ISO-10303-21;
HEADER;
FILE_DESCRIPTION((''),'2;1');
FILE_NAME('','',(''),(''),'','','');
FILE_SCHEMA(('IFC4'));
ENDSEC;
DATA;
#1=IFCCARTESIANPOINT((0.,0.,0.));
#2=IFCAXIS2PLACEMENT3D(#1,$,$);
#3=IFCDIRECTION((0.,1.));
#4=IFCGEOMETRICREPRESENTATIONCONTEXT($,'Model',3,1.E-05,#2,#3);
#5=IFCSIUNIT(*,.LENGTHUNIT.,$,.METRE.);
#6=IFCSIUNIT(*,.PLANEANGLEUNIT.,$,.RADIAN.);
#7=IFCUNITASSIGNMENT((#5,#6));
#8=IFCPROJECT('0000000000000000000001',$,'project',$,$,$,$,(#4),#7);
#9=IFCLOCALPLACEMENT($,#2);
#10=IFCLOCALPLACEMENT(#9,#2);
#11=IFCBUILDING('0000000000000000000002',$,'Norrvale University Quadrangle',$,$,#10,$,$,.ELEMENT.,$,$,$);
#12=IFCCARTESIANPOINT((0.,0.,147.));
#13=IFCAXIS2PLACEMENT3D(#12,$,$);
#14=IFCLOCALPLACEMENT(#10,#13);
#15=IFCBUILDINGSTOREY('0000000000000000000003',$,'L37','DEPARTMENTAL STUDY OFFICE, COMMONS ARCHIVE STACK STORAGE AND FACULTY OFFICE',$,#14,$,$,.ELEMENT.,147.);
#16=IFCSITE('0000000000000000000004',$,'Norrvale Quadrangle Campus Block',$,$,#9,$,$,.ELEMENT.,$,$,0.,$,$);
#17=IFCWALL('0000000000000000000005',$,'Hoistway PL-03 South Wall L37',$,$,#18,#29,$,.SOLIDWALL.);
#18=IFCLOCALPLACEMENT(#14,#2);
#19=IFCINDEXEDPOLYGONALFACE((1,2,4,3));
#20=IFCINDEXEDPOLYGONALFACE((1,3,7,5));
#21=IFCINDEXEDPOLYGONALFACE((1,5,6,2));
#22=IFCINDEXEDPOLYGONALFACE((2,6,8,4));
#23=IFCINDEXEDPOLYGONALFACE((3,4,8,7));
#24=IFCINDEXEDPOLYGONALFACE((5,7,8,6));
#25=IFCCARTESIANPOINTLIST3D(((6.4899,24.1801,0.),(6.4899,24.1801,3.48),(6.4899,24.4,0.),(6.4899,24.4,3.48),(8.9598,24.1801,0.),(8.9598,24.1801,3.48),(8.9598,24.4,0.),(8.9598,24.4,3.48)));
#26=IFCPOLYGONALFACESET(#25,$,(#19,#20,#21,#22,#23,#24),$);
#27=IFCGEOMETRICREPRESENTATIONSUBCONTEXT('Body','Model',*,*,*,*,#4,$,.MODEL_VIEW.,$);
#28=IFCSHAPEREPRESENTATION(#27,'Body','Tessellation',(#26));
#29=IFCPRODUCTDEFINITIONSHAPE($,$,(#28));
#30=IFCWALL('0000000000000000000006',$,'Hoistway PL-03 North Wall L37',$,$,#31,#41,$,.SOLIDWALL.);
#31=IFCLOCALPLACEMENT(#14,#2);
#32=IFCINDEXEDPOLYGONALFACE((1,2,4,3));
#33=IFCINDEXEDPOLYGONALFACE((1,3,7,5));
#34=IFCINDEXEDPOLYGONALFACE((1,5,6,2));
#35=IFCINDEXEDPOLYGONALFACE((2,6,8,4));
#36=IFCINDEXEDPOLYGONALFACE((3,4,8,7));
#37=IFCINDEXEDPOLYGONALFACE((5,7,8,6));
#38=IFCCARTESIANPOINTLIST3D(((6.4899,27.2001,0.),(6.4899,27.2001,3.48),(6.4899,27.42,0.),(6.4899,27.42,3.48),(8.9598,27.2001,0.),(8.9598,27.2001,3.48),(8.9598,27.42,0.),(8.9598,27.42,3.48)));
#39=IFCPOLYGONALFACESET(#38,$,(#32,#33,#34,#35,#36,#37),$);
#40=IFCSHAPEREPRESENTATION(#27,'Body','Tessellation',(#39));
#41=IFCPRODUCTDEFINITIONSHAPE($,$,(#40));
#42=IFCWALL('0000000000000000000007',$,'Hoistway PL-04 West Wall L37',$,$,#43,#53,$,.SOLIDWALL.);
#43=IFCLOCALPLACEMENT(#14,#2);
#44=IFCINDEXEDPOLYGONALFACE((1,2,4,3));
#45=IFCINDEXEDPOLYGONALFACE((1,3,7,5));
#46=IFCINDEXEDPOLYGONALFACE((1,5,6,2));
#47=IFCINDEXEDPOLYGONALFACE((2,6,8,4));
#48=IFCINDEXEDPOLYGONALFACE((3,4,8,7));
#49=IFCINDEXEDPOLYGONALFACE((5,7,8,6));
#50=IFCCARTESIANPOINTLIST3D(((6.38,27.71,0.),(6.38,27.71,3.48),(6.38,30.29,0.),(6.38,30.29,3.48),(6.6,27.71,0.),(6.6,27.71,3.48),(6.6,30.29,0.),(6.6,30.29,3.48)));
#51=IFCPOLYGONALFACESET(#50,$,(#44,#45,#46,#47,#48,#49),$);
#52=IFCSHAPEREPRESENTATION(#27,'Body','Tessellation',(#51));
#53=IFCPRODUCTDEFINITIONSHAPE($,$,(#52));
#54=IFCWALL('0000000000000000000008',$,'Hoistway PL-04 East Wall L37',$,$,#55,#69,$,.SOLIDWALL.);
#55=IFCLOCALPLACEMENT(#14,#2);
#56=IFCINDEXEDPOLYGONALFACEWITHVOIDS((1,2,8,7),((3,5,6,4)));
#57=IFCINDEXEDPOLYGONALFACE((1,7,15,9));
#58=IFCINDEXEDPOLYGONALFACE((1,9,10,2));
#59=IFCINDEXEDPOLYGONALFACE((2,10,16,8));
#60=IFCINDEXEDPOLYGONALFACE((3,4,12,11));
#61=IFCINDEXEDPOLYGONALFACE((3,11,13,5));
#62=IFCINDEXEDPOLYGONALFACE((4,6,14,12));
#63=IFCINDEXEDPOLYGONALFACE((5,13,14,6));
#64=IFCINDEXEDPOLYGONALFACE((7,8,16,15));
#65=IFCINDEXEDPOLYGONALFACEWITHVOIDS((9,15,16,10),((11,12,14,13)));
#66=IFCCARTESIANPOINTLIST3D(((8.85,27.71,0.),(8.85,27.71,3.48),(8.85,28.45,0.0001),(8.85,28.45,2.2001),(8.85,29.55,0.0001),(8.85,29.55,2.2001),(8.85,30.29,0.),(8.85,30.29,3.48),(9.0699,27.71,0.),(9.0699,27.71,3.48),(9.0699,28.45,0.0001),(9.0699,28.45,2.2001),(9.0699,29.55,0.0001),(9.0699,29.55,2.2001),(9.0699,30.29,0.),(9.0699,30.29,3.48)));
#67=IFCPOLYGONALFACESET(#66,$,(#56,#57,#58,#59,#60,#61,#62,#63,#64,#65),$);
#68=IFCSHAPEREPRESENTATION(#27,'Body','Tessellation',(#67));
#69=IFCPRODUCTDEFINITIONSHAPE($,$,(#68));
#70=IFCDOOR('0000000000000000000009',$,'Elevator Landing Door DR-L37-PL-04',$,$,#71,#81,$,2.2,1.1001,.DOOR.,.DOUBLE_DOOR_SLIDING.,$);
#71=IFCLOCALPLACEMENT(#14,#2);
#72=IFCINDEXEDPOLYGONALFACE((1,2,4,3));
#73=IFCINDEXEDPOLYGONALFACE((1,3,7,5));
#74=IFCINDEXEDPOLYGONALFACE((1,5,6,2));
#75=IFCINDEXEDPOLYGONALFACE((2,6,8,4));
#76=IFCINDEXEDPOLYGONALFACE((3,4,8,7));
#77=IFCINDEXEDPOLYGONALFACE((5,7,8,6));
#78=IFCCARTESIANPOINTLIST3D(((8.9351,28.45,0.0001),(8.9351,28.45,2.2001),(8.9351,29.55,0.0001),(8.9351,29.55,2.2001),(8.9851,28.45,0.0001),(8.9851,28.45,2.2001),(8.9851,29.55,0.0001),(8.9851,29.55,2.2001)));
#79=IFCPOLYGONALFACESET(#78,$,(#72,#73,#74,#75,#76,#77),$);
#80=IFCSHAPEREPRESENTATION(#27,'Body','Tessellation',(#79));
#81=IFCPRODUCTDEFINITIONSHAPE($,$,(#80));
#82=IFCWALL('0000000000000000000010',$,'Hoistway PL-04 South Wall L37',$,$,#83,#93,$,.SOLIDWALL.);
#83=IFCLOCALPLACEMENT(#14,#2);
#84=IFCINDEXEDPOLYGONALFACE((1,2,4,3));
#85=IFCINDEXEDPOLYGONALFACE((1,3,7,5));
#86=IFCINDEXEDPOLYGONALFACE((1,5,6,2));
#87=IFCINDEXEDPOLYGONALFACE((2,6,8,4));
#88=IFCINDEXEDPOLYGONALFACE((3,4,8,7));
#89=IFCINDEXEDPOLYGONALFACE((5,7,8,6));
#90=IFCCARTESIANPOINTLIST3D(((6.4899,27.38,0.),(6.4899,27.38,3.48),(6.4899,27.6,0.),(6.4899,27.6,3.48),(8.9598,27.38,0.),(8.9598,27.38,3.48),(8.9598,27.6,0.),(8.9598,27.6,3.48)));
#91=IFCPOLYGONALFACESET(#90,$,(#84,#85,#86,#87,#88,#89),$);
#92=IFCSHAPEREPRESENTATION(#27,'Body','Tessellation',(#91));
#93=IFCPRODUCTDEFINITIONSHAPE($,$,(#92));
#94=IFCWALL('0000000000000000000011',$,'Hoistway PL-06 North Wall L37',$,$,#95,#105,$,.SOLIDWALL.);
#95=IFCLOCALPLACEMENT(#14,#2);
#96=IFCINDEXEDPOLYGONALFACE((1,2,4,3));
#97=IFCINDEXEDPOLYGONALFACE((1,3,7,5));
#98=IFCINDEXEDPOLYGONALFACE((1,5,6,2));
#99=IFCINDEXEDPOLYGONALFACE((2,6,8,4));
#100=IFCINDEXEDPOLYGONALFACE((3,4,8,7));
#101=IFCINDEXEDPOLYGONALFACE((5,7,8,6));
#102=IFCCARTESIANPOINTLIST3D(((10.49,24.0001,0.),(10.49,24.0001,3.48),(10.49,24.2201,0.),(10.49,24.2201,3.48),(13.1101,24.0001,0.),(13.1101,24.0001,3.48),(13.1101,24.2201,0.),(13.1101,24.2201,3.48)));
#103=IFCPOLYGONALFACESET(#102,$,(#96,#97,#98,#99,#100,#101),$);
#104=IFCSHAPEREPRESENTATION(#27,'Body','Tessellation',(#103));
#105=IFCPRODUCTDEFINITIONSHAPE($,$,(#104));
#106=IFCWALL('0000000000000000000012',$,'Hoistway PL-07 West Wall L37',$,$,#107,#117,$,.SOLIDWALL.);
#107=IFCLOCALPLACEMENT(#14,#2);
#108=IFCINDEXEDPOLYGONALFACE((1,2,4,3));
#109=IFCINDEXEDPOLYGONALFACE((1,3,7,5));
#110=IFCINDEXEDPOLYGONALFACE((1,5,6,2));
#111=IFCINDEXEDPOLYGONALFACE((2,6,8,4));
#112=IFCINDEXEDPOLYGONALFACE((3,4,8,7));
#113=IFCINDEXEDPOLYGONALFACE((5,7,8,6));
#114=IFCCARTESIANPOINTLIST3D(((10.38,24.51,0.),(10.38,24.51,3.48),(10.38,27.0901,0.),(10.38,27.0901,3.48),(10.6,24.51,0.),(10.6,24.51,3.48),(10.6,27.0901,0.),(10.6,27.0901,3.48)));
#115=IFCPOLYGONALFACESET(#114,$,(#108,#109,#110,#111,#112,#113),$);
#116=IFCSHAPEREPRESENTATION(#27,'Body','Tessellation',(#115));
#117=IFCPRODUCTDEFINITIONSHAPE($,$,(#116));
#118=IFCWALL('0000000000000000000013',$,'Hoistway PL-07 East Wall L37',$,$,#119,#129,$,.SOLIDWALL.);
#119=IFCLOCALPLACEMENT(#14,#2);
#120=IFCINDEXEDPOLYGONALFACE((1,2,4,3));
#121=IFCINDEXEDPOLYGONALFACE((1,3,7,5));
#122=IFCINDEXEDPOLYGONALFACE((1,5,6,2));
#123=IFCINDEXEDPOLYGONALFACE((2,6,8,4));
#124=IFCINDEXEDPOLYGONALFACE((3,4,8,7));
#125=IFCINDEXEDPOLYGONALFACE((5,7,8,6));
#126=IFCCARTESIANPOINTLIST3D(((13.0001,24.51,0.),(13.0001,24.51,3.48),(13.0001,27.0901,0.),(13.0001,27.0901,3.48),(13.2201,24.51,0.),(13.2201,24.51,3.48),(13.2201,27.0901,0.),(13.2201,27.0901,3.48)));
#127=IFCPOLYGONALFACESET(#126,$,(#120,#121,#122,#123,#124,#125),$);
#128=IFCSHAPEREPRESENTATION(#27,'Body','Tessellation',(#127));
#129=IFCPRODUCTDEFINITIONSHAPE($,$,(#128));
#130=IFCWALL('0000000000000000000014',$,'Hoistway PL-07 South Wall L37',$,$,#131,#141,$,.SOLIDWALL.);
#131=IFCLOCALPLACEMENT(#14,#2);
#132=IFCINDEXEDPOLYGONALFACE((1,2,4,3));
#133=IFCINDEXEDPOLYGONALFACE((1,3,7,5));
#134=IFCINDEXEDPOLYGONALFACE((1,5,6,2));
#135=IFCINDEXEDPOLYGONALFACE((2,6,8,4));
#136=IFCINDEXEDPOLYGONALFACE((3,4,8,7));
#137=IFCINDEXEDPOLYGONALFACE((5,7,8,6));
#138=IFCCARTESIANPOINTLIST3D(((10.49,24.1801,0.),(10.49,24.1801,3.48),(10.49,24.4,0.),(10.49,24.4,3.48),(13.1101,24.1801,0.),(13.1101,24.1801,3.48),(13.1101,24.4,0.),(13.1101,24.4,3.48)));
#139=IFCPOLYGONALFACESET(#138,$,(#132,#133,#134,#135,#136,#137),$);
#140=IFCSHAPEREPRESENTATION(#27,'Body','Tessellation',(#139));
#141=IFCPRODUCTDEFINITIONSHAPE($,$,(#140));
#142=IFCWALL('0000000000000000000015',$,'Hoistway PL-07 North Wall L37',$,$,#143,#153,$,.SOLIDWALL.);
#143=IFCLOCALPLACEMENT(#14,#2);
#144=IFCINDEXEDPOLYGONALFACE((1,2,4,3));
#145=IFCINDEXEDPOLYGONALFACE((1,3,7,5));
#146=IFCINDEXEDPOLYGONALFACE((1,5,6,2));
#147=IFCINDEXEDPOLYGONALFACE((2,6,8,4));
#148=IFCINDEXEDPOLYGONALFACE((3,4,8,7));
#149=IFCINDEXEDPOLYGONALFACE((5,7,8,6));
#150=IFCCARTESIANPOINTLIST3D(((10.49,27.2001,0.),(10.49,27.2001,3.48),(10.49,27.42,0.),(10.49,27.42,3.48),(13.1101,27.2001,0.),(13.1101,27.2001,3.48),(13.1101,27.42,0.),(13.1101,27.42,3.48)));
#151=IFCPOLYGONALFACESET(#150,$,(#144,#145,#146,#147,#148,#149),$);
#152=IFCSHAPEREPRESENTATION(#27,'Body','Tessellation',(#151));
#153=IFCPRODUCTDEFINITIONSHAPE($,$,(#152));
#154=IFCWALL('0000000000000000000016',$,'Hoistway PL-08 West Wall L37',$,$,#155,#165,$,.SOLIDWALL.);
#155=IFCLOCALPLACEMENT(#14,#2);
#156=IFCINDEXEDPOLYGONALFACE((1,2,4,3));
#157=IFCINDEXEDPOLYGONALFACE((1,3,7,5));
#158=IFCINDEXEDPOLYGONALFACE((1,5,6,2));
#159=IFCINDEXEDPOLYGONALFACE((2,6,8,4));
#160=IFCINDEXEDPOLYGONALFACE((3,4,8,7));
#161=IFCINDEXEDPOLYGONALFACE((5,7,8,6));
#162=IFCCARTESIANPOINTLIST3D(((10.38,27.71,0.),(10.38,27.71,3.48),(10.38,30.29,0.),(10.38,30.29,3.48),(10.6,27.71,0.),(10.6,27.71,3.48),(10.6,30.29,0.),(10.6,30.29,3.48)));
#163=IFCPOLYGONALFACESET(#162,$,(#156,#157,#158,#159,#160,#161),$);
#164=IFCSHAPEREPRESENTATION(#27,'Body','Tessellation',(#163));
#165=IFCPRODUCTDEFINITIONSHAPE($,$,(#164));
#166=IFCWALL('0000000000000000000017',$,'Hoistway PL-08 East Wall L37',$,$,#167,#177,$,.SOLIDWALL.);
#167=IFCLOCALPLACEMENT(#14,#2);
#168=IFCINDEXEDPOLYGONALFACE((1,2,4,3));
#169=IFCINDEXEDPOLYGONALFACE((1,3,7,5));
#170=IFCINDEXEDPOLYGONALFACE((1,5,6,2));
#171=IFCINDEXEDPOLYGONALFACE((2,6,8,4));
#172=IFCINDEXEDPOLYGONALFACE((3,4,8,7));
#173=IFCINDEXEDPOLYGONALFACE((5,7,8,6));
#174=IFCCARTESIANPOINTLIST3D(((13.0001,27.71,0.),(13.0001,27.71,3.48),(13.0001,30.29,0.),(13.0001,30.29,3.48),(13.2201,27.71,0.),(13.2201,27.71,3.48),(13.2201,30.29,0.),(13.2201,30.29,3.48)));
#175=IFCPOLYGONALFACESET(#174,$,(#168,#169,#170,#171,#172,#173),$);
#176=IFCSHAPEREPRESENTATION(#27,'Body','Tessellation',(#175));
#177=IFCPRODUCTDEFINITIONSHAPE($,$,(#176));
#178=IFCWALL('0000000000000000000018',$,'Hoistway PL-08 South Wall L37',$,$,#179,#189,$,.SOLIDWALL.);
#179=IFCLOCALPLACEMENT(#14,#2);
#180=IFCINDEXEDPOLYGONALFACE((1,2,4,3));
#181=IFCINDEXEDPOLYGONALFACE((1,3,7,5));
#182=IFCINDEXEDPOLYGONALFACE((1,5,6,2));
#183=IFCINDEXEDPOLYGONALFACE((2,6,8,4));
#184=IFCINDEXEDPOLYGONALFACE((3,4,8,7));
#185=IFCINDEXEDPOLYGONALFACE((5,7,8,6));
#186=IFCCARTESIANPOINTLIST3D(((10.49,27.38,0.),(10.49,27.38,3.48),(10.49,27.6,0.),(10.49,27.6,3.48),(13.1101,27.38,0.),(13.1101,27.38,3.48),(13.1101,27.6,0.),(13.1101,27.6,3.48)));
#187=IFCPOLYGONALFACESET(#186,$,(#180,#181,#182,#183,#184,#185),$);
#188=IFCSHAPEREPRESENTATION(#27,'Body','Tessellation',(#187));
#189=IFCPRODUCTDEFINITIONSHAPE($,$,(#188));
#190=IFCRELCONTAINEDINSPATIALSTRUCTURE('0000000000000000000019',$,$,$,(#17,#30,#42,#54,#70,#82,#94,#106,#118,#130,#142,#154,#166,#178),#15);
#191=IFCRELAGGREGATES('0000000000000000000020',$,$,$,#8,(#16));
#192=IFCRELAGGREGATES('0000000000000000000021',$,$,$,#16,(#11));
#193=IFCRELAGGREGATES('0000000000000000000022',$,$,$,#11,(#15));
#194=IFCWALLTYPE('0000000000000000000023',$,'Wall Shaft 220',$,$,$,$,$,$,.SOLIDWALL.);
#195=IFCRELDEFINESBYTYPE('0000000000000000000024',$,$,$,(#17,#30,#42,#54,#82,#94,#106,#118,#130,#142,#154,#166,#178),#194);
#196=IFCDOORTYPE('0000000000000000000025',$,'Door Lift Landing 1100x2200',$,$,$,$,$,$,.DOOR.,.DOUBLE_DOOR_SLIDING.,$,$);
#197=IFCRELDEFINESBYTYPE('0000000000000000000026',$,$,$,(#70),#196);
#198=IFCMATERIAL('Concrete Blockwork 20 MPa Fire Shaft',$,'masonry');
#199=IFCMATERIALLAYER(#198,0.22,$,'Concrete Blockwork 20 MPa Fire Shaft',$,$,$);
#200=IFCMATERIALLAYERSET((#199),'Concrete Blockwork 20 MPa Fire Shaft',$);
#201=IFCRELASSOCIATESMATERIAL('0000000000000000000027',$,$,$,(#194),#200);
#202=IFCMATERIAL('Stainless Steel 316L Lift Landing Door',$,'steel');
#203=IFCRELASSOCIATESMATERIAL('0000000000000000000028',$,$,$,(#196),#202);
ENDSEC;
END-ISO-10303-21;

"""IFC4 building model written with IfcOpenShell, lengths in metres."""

from ifc_helpers import new_model, si_unit, direction, frame, frame_2d, origin, place, context, subcontext, project, spatial, rectangle, extrude, material, layer, layer_set, type_object, element, fill, save


model = new_model("IFC4")

# Units and contexts
model_context = context("Model", 3, precision=1e-05, world=origin(), true_north=direction((0.0, 1.0)))
body_context = subcontext(model_context, "Body", "Model", "MODEL_VIEW")
ifc_project = project(units=[si_unit("LENGTHUNIT", "METRE"), si_unit("PLANEANGLEUNIT", "RADIAN")], contexts=[model_context])

# Site, building, storey
site_placement = place(None, origin())
site = spatial("IfcSite", under=ifc_project, at=site_placement, Name="Norrvale Quadrangle Campus Block", CompositionType="ELEMENT", RefElevation=0.0)
building_placement = place(site_placement, origin())
building = spatial("IfcBuilding", under=site, at=building_placement, Name="Norrvale University Quadrangle", CompositionType="ELEMENT")
storey_placement = place(building_placement, frame((0.0, 0.0, 147.0)))
storey = spatial("IfcBuildingStorey", under=building, at=storey_placement, Name="L37", Description="DEPARTMENTAL STUDY OFFICE, COMMONS ARCHIVE STACK STORAGE AND FACULTY OFFICE", CompositionType="ELEMENT", Elevation=147.0)

# Shared definitions
ifc_material_1 = material(Name="Concrete Blockwork 20 MPa Fire Shaft", Category="masonry")
ifc_layer_1 = layer(ifc_material_1, 0.22, Name="Concrete Blockwork 20 MPa Fire Shaft")
ifc_layer_set_1 = layer_set([ifc_layer_1], Name="Concrete Blockwork 20 MPa Fire Shaft")
wall_type_1 = type_object("IfcWallType", Name="Wall Shaft 220", PredefinedType="SOLIDWALL", material=ifc_layer_set_1)

# Shared definitions
ifc_material_2 = material(Name="Stainless Steel 316L Lift Landing Door", Category="steel")
door_type_1 = type_object("IfcDoorType", Name="Door Lift Landing 1100x2200", OperationType="DOUBLE_DOOR_SLIDING", PredefinedType="DOOR", material=ifc_material_2)

# Walls
for number, where, z_axis, x_axis, name in (
    (1, (6.49, 24.29, 0.0), (0.0, 0.0, 1.0), (1.0, 0.0, 0.0), "Hoistway PL-03 South Wall L37"),
    (2, (6.49, 27.3101, 0.0), (0.0, 0.0, 1.0), (1.0, 0.0, 0.0), "Hoistway PL-03 North Wall L37"),
):
    element("IfcWall", number, at=place(storey_placement, frame(where, z_axis=z_axis, x_axis=x_axis)), inside=storey, type_object=wall_type_1, Name=name, PredefinedType="SOLIDWALL", context=body_context, shape_type="SweptSolid", body=[
        extrude(rectangle(XDim=2.47, YDim=0.22, at=frame_2d((1.2349, 0.0))), origin(), (0.0, 0.0, 1.0), 3.48),
    ])
wall_1_placement = place(storey_placement, frame((6.49, 27.71, 0.0), z_axis=(0.0, 0.0, 1.0), x_axis=(0.0, 1.0, 0.0)))
element("IfcWall", 3, at=wall_1_placement, inside=storey, type_object=wall_type_1, Name="Hoistway PL-04 West Wall L37", PredefinedType="SOLIDWALL", context=body_context, shape_type="SweptSolid", body=[
    extrude(rectangle(XDim=2.5801, YDim=0.22, at=frame_2d((1.29, 0.0))), origin(), (0.0, 0.0, 1.0), 3.48),
])

# Wall, opening, door
wall_2_placement = place(storey_placement, frame((8.96, 27.71, 0.0), z_axis=(0.0, 0.0, 1.0), x_axis=(0.0, 1.0, 0.0)))
wall_2 = element("IfcWall", 4, at=wall_2_placement, inside=storey, type_object=wall_type_1, Name="Hoistway PL-04 East Wall L37", PredefinedType="SOLIDWALL", context=body_context, shape_type="SweptSolid", body=[
    extrude(rectangle(XDim=2.5801, YDim=0.22, at=frame_2d((1.29, 0.0))), origin(), (0.0, 0.0, 1.0), 3.48),
])
opening_1_placement = place(wall_2_placement, frame((0.74, 0.0, 0.0)))
opening_1 = element("IfcOpeningElement", 5, at=opening_1_placement, cuts=wall_2, PredefinedType="OPENING", context=body_context, shape_type="SweptSolid", body=[
    extrude(rectangle(XDim=1.1001, YDim=2.2, at=frame_2d((0.55, 1.1001))), frame((0.0, 0.1221, 0.0), z_axis=(0.0, -1.0, 0.0), x_axis=(1.0, 0.0, 0.0)), (0.0, 0.0, 1.0), 0.2439),
])
door_1_placement = place(opening_1_placement, origin())
door_1 = element("IfcDoor", 6, at=door_1_placement, inside=storey, type_object=door_type_1, Name="Elevator Landing Door DR-L37-PL-04", OperationType="DOUBLE_DOOR_SLIDING", OverallHeight=2.2, OverallWidth=1.1001, PredefinedType="DOOR", context=body_context, shape_type="SweptSolid", body=[
    extrude(rectangle(XDim=1.1001, YDim=2.2, at=frame_2d((0.55, 1.1001))), frame((0.0, 0.0249, 0.0), z_axis=(0.0, -1.0, 0.0), x_axis=(1.0, 0.0, 0.0)), (0.0, 0.0, 1.0), 0.05),
])
fill(opening_1, door_1)

# Walls
wall_3_placement = place(storey_placement, frame((6.49, 27.49, 0.0), z_axis=(0.0, 0.0, 1.0), x_axis=(1.0, 0.0, 0.0)))
element("IfcWall", 7, at=wall_3_placement, inside=storey, type_object=wall_type_1, Name="Hoistway PL-04 South Wall L37", PredefinedType="SOLIDWALL", context=body_context, shape_type="SweptSolid", body=[
    extrude(rectangle(XDim=2.47, YDim=0.22, at=frame_2d((1.2349, 0.0))), origin(), (0.0, 0.0, 1.0), 3.48),
])
wall_4_placement = place(storey_placement, frame((10.49, 24.1101, 0.0), z_axis=(0.0, 0.0, 1.0), x_axis=(1.0, 0.0, 0.0)))
element("IfcWall", 8, at=wall_4_placement, inside=storey, type_object=wall_type_1, Name="Hoistway PL-06 North Wall L37", PredefinedType="SOLIDWALL", context=body_context, shape_type="SweptSolid", body=[
    extrude(rectangle(XDim=2.6201, YDim=0.22, at=frame_2d((1.3101, 0.0))), origin(), (0.0, 0.0, 1.0), 3.48),
])
for number, where, z_axis, x_axis, name in (
    (9, (10.49, 24.51, 0.0), (0.0, 0.0, 1.0), (0.0, 1.0, 0.0), "Hoistway PL-07 West Wall L37"),
    (10, (13.1101, 24.51, 0.0), (0.0, 0.0, 1.0), (0.0, 1.0, 0.0), "Hoistway PL-07 East Wall L37"),
):
    element("IfcWall", number, at=place(storey_placement, frame(where, z_axis=z_axis, x_axis=x_axis)), inside=storey, type_object=wall_type_1, Name=name, PredefinedType="SOLIDWALL", context=body_context, shape_type="SweptSolid", body=[
        extrude(rectangle(XDim=2.5801, YDim=0.22, at=frame_2d((1.29, 0.0))), origin(), (0.0, 0.0, 1.0), 3.48),
    ])
for number, where, z_axis, x_axis, name in (
    (11, (10.49, 24.29, 0.0), (0.0, 0.0, 1.0), (1.0, 0.0, 0.0), "Hoistway PL-07 South Wall L37"),
    (12, (10.49, 27.3101, 0.0), (0.0, 0.0, 1.0), (1.0, 0.0, 0.0), "Hoistway PL-07 North Wall L37"),
):
    element("IfcWall", number, at=place(storey_placement, frame(where, z_axis=z_axis, x_axis=x_axis)), inside=storey, type_object=wall_type_1, Name=name, PredefinedType="SOLIDWALL", context=body_context, shape_type="SweptSolid", body=[
        extrude(rectangle(XDim=2.6201, YDim=0.22, at=frame_2d((1.3101, 0.0))), origin(), (0.0, 0.0, 1.0), 3.48),
    ])
for number, where, z_axis, x_axis, name in (
    (13, (10.49, 27.71, 0.0), (0.0, 0.0, 1.0), (0.0, 1.0, 0.0), "Hoistway PL-08 West Wall L37"),
    (14, (13.1101, 27.71, 0.0), (0.0, 0.0, 1.0), (0.0, 1.0, 0.0), "Hoistway PL-08 East Wall L37"),
):
    element("IfcWall", number, at=place(storey_placement, frame(where, z_axis=z_axis, x_axis=x_axis)), inside=storey, type_object=wall_type_1, Name=name, PredefinedType="SOLIDWALL", context=body_context, shape_type="SweptSolid", body=[
        extrude(rectangle(XDim=2.5801, YDim=0.22, at=frame_2d((1.29, 0.0))), origin(), (0.0, 0.0, 1.0), 3.48),
    ])
wall_5_placement = place(storey_placement, frame((10.49, 27.49, 0.0), z_axis=(0.0, 0.0, 1.0), x_axis=(1.0, 0.0, 0.0)))
element("IfcWall", 15, at=wall_5_placement, inside=storey, type_object=wall_type_1, Name="Hoistway PL-08 South Wall L37", PredefinedType="SOLIDWALL", context=body_context, shape_type="SweptSolid", body=[
    extrude(rectangle(XDim=2.6201, YDim=0.22, at=frame_2d((1.3101, 0.0))), origin(), (0.0, 0.0, 1.0), 3.48),
])

save(model, "model.ifc")
